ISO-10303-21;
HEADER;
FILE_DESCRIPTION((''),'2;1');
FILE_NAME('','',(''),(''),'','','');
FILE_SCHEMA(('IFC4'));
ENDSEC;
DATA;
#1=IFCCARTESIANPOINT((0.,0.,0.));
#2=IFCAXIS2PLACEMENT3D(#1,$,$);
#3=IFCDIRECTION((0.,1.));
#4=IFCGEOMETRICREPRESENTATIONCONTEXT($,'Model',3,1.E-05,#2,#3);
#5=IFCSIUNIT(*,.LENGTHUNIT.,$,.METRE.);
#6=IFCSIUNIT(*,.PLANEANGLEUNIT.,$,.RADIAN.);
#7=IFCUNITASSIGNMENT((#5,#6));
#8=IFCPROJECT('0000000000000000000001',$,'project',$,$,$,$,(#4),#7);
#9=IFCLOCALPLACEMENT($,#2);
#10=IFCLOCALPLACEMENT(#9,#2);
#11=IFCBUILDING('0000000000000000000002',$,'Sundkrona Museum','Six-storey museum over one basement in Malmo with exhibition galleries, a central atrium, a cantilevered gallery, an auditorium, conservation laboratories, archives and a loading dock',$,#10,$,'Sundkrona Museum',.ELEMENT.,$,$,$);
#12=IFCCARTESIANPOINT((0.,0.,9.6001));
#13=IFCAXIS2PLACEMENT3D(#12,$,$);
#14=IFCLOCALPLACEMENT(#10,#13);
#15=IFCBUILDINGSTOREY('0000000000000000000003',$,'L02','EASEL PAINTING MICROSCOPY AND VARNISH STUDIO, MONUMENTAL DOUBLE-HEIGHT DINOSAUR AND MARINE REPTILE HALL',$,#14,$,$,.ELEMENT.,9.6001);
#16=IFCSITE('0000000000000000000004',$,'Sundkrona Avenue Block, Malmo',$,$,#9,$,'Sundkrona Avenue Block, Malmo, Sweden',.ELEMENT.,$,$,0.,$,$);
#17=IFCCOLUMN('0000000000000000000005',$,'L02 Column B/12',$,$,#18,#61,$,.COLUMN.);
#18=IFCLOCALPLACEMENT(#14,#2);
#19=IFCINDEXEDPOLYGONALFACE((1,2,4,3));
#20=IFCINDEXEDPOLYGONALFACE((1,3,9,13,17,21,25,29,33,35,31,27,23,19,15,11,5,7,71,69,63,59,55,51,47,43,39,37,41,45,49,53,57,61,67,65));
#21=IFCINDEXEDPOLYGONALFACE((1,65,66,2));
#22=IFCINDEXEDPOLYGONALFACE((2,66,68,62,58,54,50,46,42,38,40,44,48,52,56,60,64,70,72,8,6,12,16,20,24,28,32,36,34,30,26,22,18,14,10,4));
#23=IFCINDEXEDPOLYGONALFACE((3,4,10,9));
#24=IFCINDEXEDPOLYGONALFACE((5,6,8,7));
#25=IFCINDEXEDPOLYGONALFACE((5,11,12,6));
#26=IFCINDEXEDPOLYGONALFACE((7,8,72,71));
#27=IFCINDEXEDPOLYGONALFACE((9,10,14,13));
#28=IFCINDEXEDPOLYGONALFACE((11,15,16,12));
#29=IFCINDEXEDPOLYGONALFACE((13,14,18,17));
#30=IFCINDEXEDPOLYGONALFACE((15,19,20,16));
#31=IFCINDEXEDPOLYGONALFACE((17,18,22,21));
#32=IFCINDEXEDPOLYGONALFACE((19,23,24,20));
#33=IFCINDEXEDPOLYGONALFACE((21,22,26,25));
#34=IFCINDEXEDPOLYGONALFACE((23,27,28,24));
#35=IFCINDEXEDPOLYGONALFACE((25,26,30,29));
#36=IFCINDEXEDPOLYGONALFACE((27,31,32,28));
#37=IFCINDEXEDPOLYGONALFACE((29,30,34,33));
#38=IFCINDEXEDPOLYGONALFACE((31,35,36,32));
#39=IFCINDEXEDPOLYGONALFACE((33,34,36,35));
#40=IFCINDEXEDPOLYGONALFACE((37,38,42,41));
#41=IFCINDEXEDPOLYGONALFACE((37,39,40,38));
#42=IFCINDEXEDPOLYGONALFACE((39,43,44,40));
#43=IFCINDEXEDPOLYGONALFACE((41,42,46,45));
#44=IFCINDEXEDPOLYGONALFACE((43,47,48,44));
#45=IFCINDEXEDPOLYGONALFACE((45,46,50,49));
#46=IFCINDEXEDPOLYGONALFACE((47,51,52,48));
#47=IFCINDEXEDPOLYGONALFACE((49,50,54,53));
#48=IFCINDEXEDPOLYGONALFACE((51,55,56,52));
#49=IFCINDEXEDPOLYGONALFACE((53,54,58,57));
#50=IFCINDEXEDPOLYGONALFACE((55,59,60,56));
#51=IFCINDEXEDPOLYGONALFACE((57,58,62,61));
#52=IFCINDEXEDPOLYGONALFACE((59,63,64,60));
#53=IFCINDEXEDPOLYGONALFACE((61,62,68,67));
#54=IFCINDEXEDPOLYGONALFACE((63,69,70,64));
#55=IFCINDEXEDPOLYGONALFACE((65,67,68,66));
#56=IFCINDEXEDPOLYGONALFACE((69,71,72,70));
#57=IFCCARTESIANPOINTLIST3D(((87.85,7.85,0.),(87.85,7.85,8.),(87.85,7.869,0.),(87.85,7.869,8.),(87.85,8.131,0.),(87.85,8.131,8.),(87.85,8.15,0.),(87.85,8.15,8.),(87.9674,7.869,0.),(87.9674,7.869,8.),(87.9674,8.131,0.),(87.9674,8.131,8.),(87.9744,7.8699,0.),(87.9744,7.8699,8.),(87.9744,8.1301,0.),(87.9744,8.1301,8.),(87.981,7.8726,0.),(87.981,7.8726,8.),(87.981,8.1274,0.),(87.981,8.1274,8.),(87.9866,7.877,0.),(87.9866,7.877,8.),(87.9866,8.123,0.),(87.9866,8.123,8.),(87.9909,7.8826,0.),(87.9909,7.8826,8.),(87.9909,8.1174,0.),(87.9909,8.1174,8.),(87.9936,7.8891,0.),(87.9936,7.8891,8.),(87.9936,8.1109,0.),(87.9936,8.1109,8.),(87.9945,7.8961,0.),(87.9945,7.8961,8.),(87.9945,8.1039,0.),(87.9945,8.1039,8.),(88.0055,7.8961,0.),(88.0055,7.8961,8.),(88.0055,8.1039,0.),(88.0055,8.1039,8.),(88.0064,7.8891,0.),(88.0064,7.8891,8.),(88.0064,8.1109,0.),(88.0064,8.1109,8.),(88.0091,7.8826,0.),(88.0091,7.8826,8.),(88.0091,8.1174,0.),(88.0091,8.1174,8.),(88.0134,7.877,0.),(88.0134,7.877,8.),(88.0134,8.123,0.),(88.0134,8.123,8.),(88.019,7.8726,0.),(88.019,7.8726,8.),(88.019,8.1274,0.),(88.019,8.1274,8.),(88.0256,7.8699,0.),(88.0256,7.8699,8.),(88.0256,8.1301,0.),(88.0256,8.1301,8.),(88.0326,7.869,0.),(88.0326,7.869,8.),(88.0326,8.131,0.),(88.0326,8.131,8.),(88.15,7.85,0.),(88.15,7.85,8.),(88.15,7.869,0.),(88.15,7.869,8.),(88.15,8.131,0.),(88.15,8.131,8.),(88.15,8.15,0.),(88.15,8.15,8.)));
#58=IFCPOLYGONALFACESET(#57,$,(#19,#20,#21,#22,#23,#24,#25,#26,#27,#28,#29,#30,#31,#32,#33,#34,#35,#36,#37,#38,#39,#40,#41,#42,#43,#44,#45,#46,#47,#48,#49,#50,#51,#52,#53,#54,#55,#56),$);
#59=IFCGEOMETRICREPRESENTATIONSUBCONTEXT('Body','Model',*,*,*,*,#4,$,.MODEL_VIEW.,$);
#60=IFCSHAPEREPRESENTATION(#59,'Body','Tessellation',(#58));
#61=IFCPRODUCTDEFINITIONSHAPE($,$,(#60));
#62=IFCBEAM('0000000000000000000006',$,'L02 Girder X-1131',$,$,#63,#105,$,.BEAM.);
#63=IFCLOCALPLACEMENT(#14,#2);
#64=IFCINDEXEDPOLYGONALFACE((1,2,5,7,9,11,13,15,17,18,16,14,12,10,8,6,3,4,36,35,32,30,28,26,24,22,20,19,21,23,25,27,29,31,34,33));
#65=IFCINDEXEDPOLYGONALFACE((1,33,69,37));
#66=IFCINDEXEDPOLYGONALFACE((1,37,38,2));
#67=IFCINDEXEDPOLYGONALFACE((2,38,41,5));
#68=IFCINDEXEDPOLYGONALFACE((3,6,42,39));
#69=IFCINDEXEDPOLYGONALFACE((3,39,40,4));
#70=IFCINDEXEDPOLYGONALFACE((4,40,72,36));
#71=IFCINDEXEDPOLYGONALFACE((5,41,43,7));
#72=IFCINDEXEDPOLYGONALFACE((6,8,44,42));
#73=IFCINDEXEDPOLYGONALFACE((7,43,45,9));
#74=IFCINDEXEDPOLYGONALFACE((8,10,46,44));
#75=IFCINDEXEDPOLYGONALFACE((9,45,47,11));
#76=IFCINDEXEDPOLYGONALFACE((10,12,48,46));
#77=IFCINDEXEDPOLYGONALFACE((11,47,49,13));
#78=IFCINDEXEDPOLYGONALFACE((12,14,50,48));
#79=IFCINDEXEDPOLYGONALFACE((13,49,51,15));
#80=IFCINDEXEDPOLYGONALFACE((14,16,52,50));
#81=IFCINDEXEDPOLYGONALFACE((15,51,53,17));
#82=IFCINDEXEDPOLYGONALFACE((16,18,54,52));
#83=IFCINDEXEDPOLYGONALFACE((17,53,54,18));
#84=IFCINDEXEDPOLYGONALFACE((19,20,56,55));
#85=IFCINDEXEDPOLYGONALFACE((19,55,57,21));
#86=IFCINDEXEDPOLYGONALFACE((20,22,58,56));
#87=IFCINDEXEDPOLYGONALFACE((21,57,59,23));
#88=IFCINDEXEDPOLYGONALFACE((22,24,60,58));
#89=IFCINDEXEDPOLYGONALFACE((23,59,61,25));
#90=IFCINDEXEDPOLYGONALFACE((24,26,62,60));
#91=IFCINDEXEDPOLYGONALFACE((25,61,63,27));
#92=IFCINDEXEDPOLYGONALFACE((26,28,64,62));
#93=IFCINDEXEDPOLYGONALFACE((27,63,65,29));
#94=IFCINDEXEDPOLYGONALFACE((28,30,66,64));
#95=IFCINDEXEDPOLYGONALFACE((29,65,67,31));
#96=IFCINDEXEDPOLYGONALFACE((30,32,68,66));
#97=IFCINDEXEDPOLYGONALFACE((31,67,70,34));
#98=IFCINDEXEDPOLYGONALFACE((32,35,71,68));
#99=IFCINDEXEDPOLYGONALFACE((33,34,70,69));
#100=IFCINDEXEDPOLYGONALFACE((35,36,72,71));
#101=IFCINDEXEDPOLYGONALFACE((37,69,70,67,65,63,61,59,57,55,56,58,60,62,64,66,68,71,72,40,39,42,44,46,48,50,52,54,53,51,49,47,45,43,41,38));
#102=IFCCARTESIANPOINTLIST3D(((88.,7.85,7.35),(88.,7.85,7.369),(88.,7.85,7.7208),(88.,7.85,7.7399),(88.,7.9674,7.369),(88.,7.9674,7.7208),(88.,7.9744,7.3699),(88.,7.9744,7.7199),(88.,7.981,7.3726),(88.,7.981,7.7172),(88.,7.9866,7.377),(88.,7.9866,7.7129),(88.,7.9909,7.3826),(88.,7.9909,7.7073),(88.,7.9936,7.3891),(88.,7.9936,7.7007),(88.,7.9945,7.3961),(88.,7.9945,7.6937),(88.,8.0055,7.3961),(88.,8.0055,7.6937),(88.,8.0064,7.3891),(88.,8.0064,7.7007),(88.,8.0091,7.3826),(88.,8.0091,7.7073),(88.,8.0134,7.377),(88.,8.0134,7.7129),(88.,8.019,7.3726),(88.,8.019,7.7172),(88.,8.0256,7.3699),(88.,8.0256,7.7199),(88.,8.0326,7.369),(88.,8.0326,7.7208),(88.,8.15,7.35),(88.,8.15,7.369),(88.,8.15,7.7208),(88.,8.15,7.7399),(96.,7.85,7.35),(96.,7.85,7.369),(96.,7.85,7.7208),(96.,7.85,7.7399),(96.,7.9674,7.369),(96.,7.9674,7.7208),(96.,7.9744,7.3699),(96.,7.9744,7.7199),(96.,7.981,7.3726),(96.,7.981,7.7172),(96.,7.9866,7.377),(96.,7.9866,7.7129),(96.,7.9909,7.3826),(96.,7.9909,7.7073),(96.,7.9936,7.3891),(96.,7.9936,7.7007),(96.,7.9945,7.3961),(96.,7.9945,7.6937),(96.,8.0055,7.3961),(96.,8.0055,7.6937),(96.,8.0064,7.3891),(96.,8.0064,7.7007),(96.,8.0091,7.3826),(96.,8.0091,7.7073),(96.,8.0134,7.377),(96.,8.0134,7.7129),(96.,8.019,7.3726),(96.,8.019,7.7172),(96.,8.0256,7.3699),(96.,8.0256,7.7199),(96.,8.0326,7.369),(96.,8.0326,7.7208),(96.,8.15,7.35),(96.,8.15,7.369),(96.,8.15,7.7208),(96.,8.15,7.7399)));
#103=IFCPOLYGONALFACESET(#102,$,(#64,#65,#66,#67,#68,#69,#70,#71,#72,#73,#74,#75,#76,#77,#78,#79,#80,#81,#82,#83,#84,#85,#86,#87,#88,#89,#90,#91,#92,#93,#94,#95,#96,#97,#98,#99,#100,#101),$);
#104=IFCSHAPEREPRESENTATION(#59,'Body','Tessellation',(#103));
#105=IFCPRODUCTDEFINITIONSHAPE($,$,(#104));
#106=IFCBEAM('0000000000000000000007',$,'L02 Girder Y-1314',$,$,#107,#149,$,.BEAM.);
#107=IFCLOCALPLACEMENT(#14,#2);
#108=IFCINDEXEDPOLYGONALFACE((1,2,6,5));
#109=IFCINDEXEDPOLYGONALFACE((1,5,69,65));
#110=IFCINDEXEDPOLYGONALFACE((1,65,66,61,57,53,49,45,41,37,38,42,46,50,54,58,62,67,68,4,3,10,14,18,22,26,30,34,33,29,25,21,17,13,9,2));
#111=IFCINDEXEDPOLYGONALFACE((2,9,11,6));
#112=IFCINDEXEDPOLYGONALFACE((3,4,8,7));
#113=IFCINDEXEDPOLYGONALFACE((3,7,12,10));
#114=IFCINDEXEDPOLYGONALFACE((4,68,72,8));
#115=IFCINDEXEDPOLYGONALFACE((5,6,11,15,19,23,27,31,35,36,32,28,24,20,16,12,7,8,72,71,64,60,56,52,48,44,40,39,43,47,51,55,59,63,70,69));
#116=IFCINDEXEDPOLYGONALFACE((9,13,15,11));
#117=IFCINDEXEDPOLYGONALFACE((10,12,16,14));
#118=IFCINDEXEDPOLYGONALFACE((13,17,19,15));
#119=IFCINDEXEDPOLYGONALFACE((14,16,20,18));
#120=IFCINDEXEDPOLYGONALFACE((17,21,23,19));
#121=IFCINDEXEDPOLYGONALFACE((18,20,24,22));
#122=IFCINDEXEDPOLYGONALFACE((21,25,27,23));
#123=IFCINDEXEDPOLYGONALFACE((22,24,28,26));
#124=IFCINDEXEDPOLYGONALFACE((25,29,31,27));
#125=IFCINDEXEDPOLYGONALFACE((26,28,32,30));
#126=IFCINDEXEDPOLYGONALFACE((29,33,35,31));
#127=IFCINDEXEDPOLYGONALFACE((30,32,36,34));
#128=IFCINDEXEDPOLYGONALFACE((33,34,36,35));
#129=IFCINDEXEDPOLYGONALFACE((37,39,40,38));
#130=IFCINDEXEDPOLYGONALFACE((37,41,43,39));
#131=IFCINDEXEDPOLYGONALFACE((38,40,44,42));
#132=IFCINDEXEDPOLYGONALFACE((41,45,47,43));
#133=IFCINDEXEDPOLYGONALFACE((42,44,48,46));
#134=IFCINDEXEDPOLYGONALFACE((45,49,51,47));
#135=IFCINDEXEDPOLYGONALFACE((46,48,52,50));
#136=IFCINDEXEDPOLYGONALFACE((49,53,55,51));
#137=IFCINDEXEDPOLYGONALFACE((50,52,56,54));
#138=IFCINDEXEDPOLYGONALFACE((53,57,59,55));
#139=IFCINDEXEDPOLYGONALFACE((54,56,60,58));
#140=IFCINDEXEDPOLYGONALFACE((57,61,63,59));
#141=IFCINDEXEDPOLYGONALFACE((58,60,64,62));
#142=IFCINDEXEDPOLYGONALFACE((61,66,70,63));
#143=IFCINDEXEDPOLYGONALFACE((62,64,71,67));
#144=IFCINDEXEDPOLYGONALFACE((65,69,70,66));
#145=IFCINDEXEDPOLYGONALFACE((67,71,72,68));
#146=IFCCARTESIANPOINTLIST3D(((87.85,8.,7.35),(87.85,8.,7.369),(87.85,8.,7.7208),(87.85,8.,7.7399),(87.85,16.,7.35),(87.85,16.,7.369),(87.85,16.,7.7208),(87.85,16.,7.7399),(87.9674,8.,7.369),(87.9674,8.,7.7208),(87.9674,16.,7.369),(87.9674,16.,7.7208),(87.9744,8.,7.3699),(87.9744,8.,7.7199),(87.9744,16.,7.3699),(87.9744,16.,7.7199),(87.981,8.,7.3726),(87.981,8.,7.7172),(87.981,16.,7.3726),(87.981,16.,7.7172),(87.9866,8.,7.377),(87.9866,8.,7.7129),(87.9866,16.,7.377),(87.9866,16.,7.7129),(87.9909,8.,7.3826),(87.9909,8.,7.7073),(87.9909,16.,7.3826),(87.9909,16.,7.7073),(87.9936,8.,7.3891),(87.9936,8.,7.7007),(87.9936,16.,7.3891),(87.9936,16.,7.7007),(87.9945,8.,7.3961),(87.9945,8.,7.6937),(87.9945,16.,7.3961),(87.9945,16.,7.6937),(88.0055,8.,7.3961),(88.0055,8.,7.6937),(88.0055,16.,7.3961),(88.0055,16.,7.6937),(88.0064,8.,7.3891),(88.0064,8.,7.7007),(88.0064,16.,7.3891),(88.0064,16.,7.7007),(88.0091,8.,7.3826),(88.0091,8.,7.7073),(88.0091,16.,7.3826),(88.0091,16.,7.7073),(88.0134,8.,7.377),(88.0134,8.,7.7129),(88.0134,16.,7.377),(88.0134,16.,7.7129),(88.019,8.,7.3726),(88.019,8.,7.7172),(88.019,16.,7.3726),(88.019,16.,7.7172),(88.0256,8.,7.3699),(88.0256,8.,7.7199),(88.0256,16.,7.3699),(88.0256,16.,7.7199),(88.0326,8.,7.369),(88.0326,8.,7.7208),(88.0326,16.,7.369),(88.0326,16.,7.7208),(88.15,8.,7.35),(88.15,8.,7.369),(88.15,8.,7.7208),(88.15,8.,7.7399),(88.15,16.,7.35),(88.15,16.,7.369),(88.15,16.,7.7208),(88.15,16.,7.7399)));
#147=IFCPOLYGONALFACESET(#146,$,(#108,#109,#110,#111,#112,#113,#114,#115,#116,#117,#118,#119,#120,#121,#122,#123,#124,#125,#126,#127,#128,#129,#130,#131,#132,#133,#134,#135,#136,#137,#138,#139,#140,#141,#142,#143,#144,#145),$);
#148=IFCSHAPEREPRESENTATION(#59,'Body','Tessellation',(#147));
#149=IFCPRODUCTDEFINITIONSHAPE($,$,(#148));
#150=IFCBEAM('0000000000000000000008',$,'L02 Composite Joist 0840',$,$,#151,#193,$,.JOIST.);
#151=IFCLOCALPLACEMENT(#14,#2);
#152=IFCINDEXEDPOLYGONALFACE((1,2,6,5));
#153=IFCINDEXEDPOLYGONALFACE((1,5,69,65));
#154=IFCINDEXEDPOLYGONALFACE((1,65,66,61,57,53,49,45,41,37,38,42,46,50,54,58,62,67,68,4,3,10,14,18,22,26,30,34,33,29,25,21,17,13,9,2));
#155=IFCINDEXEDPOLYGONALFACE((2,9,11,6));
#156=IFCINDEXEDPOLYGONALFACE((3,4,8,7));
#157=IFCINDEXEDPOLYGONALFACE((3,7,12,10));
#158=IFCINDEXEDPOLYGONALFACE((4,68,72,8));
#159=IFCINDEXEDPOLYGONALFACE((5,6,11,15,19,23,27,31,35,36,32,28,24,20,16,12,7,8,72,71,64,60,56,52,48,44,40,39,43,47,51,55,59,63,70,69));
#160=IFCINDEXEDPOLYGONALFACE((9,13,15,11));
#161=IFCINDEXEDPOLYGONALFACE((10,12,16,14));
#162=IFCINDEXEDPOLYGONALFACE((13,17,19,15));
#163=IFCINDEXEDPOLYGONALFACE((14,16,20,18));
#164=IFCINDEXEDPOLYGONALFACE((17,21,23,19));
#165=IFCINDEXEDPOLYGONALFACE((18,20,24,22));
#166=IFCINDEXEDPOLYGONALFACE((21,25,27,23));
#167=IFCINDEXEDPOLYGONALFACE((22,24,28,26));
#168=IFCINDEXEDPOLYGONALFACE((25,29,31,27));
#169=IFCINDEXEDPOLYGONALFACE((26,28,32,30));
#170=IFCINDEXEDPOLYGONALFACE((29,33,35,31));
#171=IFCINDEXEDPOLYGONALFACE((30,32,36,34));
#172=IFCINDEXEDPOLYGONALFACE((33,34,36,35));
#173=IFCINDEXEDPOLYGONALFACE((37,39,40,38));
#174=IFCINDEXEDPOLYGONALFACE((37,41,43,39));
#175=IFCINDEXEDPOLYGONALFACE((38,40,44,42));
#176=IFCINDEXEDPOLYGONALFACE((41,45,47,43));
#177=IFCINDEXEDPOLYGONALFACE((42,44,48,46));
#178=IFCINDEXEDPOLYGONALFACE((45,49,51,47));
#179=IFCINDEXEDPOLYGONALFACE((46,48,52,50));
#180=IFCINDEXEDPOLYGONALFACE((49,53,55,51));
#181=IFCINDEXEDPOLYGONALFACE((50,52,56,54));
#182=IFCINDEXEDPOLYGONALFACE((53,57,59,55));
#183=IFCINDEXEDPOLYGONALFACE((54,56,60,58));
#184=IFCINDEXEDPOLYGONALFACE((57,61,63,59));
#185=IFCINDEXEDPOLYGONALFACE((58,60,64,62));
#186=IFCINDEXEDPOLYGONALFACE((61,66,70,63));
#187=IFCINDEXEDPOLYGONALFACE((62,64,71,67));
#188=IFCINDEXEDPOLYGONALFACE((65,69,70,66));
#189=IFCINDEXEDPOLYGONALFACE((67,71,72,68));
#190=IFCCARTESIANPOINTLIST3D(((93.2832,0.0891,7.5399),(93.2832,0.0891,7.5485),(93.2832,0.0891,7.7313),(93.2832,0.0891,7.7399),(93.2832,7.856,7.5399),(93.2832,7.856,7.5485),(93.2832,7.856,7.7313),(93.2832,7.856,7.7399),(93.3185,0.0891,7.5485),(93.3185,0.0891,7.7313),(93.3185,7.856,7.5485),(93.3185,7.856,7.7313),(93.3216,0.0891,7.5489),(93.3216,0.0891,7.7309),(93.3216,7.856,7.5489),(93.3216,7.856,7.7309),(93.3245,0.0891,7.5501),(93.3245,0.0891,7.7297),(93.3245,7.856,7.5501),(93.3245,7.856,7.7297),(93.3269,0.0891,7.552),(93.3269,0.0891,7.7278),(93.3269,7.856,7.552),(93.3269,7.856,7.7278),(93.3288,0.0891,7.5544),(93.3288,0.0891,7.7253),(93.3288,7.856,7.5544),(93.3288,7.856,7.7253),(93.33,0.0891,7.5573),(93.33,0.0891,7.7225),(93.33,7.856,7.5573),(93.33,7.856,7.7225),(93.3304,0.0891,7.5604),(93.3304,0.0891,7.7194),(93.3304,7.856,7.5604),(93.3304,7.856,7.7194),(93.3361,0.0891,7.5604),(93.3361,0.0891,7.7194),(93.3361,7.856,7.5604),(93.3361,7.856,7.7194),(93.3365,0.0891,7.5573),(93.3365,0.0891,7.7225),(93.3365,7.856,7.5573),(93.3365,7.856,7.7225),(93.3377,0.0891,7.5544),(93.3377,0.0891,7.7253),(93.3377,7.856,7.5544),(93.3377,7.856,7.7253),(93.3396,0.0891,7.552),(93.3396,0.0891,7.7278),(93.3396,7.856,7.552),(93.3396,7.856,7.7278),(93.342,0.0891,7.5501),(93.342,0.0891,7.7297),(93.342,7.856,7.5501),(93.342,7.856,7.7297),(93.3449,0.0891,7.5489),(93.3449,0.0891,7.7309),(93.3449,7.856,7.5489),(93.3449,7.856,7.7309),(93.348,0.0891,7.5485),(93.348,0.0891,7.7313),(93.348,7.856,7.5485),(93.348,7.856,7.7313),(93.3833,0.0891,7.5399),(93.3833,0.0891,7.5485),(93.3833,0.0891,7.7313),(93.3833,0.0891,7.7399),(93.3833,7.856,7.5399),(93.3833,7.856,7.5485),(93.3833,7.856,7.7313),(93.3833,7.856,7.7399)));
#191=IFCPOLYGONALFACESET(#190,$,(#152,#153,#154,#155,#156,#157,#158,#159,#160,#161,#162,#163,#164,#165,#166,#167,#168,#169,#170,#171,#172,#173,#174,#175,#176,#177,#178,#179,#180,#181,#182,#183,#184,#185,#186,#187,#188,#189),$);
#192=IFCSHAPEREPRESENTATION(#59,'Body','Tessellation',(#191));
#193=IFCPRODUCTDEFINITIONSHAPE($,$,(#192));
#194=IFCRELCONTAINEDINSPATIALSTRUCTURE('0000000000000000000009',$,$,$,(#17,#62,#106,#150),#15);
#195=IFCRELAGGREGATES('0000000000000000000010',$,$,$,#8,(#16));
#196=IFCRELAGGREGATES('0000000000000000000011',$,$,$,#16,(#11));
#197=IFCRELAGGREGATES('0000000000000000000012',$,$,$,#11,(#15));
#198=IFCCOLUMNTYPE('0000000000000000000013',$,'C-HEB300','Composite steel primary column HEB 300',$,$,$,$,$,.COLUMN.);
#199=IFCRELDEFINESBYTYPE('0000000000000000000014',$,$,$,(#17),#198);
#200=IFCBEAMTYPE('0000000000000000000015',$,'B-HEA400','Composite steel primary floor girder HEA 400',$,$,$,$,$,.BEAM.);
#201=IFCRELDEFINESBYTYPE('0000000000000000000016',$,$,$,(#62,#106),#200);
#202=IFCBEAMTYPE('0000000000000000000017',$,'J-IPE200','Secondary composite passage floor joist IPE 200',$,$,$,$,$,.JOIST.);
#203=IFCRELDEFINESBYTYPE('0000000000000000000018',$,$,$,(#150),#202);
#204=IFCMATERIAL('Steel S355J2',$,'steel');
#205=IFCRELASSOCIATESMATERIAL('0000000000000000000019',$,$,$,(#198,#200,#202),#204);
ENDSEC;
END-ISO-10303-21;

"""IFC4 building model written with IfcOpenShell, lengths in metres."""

from ifc_helpers import new_model, si_unit, direction, frame, origin, origin_2d, place, context, subcontext, project, spatial, i_section, extrude, material, material_profile, profile_set, type_object, element, save


model = new_model("IFC4")

# Units and contexts
model_context = context("Model", 3, precision=1e-05, world=origin(), true_north=direction((0.0, 1.0)))
body_context = subcontext(model_context, "Body", "Model", "MODEL_VIEW")
ifc_project = project(units=[si_unit("LENGTHUNIT", "METRE"), si_unit("PLANEANGLEUNIT", "RADIAN")], contexts=[model_context])

# Site, building, storey
site_placement = place(None, origin())
site = spatial("IfcSite", under=ifc_project, at=site_placement, Name="Sundkrona Avenue Block, Malmo", LongName="Sundkrona Avenue Block, Malmo, Sweden", CompositionType="ELEMENT", RefElevation=0.0)
building_placement = place(site_placement, origin())
building = spatial("IfcBuilding", under=site, at=building_placement, Name="Sundkrona Museum", Description="Six-storey museum over one basement in Malmo with exhibition galleries, a central atrium, a cantilevered gallery, an auditorium, conservation laboratories, archives and a loading dock", LongName="Sundkrona Museum", CompositionType="ELEMENT")
storey_placement = place(building_placement, frame((0.0, 0.0, 9.6001)))
storey = spatial("IfcBuildingStorey", under=building, at=storey_placement, Name="L02", Description="EASEL PAINTING MICROSCOPY AND VARNISH STUDIO, MONUMENTAL DOUBLE-HEIGHT DINOSAUR AND MARINE REPTILE HALL", CompositionType="ELEMENT", Elevation=9.6001)

# Column
ifc_material_1 = material(Name="Steel S355J2", Category="steel")
ifc_material_profile_1 = material_profile(ifc_material_1, i_section(OverallWidth=0.3, OverallDepth=0.3, WebThickness=0.011, FlangeThickness=0.019, FilletRadius=0.0271, at=origin_2d()), Name="HEB 300")
ifc_profile_set_1 = profile_set([ifc_material_profile_1], Name="Steel S355J2")
column_type = type_object("IfcColumnType", Name="C-HEB300", Description="Composite steel primary column HEB 300", PredefinedType="COLUMN", material=ifc_profile_set_1)
column_placement = place(storey_placement, frame((88.0, 8.0, 0.0), z_axis=(0.0, 0.0, 1.0), x_axis=(1.0, 0.0, 0.0)))
element("IfcColumn", 1, at=column_placement, inside=storey, type_object=column_type, Name="L02 Column B/12", PredefinedType="COLUMN", context=body_context, shape_type="SweptSolid", body=[
    extrude(i_section(OverallWidth=0.3, OverallDepth=0.3, WebThickness=0.011, FlangeThickness=0.019, FilletRadius=0.0271, at=origin_2d()), origin(), (0.0, 0.0, 1.0), 8.0),
])

# Beams
ifc_material_profile_2 = material_profile(ifc_material_1, i_section(OverallWidth=0.3, OverallDepth=0.3899, WebThickness=0.011, FlangeThickness=0.019, FilletRadius=0.0271, at=origin_2d()), Name="HEA 400")
ifc_profile_set_2 = profile_set([ifc_material_profile_2], Name="Steel S355J2")
beam_type_1 = type_object("IfcBeamType", Name="B-HEA400", Description="Composite steel primary floor girder HEA 400", PredefinedType="BEAM", material=ifc_profile_set_2)
for number, where, z_axis, x_axis, name in (
    (2, (88.0, 8.0, 7.5449), (1.0, 0.0, 0.0), (0.0, 1.0, 0.0), "L02 Girder X-1131"),
    (3, (88.0, 8.0, 7.5449), (0.0, 1.0, 0.0), (-1.0, 0.0, 0.0), "L02 Girder Y-1314"),
):
    element("IfcBeam", number, at=place(storey_placement, frame(where, z_axis=z_axis, x_axis=x_axis)), inside=storey, type_object=beam_type_1, Name=name, PredefinedType="BEAM", context=body_context, shape_type="SweptSolid", body=[
        extrude(i_section(OverallWidth=0.3, OverallDepth=0.3899, WebThickness=0.011, FlangeThickness=0.019, FilletRadius=0.0271, at=origin_2d()), origin(), (0.0, 0.0, 1.0), 8.0),
    ])
ifc_material_profile_3 = material_profile(ifc_material_1, i_section(OverallWidth=0.1001, OverallDepth=0.2, WebThickness=0.0056, FlangeThickness=0.0085, FilletRadius=0.012, at=origin_2d()), Name="IPE 200")
ifc_profile_set_3 = profile_set([ifc_material_profile_3], Name="Steel S355J2")
beam_type_2 = type_object("IfcBeamType", Name="J-IPE200", Description="Secondary composite passage floor joist IPE 200", PredefinedType="JOIST", material=ifc_profile_set_3)
beam_1_placement = place(storey_placement, frame((93.3333, 0.0891, 7.6399), z_axis=(0.0, 1.0, 0.0), x_axis=(-1.0, 0.0, 0.0)))
element("IfcBeam", 4, at=beam_1_placement, inside=storey, type_object=beam_type_2, Name="L02 Composite Joist 0840", PredefinedType="JOIST", context=body_context, shape_type="SweptSolid", body=[
    extrude(i_section(OverallWidth=0.1001, OverallDepth=0.2, WebThickness=0.0056, FlangeThickness=0.0085, FilletRadius=0.012, at=origin_2d()), origin(), (0.0, 0.0, 1.0), 7.7668),
])

save(model, "model.ifc")
